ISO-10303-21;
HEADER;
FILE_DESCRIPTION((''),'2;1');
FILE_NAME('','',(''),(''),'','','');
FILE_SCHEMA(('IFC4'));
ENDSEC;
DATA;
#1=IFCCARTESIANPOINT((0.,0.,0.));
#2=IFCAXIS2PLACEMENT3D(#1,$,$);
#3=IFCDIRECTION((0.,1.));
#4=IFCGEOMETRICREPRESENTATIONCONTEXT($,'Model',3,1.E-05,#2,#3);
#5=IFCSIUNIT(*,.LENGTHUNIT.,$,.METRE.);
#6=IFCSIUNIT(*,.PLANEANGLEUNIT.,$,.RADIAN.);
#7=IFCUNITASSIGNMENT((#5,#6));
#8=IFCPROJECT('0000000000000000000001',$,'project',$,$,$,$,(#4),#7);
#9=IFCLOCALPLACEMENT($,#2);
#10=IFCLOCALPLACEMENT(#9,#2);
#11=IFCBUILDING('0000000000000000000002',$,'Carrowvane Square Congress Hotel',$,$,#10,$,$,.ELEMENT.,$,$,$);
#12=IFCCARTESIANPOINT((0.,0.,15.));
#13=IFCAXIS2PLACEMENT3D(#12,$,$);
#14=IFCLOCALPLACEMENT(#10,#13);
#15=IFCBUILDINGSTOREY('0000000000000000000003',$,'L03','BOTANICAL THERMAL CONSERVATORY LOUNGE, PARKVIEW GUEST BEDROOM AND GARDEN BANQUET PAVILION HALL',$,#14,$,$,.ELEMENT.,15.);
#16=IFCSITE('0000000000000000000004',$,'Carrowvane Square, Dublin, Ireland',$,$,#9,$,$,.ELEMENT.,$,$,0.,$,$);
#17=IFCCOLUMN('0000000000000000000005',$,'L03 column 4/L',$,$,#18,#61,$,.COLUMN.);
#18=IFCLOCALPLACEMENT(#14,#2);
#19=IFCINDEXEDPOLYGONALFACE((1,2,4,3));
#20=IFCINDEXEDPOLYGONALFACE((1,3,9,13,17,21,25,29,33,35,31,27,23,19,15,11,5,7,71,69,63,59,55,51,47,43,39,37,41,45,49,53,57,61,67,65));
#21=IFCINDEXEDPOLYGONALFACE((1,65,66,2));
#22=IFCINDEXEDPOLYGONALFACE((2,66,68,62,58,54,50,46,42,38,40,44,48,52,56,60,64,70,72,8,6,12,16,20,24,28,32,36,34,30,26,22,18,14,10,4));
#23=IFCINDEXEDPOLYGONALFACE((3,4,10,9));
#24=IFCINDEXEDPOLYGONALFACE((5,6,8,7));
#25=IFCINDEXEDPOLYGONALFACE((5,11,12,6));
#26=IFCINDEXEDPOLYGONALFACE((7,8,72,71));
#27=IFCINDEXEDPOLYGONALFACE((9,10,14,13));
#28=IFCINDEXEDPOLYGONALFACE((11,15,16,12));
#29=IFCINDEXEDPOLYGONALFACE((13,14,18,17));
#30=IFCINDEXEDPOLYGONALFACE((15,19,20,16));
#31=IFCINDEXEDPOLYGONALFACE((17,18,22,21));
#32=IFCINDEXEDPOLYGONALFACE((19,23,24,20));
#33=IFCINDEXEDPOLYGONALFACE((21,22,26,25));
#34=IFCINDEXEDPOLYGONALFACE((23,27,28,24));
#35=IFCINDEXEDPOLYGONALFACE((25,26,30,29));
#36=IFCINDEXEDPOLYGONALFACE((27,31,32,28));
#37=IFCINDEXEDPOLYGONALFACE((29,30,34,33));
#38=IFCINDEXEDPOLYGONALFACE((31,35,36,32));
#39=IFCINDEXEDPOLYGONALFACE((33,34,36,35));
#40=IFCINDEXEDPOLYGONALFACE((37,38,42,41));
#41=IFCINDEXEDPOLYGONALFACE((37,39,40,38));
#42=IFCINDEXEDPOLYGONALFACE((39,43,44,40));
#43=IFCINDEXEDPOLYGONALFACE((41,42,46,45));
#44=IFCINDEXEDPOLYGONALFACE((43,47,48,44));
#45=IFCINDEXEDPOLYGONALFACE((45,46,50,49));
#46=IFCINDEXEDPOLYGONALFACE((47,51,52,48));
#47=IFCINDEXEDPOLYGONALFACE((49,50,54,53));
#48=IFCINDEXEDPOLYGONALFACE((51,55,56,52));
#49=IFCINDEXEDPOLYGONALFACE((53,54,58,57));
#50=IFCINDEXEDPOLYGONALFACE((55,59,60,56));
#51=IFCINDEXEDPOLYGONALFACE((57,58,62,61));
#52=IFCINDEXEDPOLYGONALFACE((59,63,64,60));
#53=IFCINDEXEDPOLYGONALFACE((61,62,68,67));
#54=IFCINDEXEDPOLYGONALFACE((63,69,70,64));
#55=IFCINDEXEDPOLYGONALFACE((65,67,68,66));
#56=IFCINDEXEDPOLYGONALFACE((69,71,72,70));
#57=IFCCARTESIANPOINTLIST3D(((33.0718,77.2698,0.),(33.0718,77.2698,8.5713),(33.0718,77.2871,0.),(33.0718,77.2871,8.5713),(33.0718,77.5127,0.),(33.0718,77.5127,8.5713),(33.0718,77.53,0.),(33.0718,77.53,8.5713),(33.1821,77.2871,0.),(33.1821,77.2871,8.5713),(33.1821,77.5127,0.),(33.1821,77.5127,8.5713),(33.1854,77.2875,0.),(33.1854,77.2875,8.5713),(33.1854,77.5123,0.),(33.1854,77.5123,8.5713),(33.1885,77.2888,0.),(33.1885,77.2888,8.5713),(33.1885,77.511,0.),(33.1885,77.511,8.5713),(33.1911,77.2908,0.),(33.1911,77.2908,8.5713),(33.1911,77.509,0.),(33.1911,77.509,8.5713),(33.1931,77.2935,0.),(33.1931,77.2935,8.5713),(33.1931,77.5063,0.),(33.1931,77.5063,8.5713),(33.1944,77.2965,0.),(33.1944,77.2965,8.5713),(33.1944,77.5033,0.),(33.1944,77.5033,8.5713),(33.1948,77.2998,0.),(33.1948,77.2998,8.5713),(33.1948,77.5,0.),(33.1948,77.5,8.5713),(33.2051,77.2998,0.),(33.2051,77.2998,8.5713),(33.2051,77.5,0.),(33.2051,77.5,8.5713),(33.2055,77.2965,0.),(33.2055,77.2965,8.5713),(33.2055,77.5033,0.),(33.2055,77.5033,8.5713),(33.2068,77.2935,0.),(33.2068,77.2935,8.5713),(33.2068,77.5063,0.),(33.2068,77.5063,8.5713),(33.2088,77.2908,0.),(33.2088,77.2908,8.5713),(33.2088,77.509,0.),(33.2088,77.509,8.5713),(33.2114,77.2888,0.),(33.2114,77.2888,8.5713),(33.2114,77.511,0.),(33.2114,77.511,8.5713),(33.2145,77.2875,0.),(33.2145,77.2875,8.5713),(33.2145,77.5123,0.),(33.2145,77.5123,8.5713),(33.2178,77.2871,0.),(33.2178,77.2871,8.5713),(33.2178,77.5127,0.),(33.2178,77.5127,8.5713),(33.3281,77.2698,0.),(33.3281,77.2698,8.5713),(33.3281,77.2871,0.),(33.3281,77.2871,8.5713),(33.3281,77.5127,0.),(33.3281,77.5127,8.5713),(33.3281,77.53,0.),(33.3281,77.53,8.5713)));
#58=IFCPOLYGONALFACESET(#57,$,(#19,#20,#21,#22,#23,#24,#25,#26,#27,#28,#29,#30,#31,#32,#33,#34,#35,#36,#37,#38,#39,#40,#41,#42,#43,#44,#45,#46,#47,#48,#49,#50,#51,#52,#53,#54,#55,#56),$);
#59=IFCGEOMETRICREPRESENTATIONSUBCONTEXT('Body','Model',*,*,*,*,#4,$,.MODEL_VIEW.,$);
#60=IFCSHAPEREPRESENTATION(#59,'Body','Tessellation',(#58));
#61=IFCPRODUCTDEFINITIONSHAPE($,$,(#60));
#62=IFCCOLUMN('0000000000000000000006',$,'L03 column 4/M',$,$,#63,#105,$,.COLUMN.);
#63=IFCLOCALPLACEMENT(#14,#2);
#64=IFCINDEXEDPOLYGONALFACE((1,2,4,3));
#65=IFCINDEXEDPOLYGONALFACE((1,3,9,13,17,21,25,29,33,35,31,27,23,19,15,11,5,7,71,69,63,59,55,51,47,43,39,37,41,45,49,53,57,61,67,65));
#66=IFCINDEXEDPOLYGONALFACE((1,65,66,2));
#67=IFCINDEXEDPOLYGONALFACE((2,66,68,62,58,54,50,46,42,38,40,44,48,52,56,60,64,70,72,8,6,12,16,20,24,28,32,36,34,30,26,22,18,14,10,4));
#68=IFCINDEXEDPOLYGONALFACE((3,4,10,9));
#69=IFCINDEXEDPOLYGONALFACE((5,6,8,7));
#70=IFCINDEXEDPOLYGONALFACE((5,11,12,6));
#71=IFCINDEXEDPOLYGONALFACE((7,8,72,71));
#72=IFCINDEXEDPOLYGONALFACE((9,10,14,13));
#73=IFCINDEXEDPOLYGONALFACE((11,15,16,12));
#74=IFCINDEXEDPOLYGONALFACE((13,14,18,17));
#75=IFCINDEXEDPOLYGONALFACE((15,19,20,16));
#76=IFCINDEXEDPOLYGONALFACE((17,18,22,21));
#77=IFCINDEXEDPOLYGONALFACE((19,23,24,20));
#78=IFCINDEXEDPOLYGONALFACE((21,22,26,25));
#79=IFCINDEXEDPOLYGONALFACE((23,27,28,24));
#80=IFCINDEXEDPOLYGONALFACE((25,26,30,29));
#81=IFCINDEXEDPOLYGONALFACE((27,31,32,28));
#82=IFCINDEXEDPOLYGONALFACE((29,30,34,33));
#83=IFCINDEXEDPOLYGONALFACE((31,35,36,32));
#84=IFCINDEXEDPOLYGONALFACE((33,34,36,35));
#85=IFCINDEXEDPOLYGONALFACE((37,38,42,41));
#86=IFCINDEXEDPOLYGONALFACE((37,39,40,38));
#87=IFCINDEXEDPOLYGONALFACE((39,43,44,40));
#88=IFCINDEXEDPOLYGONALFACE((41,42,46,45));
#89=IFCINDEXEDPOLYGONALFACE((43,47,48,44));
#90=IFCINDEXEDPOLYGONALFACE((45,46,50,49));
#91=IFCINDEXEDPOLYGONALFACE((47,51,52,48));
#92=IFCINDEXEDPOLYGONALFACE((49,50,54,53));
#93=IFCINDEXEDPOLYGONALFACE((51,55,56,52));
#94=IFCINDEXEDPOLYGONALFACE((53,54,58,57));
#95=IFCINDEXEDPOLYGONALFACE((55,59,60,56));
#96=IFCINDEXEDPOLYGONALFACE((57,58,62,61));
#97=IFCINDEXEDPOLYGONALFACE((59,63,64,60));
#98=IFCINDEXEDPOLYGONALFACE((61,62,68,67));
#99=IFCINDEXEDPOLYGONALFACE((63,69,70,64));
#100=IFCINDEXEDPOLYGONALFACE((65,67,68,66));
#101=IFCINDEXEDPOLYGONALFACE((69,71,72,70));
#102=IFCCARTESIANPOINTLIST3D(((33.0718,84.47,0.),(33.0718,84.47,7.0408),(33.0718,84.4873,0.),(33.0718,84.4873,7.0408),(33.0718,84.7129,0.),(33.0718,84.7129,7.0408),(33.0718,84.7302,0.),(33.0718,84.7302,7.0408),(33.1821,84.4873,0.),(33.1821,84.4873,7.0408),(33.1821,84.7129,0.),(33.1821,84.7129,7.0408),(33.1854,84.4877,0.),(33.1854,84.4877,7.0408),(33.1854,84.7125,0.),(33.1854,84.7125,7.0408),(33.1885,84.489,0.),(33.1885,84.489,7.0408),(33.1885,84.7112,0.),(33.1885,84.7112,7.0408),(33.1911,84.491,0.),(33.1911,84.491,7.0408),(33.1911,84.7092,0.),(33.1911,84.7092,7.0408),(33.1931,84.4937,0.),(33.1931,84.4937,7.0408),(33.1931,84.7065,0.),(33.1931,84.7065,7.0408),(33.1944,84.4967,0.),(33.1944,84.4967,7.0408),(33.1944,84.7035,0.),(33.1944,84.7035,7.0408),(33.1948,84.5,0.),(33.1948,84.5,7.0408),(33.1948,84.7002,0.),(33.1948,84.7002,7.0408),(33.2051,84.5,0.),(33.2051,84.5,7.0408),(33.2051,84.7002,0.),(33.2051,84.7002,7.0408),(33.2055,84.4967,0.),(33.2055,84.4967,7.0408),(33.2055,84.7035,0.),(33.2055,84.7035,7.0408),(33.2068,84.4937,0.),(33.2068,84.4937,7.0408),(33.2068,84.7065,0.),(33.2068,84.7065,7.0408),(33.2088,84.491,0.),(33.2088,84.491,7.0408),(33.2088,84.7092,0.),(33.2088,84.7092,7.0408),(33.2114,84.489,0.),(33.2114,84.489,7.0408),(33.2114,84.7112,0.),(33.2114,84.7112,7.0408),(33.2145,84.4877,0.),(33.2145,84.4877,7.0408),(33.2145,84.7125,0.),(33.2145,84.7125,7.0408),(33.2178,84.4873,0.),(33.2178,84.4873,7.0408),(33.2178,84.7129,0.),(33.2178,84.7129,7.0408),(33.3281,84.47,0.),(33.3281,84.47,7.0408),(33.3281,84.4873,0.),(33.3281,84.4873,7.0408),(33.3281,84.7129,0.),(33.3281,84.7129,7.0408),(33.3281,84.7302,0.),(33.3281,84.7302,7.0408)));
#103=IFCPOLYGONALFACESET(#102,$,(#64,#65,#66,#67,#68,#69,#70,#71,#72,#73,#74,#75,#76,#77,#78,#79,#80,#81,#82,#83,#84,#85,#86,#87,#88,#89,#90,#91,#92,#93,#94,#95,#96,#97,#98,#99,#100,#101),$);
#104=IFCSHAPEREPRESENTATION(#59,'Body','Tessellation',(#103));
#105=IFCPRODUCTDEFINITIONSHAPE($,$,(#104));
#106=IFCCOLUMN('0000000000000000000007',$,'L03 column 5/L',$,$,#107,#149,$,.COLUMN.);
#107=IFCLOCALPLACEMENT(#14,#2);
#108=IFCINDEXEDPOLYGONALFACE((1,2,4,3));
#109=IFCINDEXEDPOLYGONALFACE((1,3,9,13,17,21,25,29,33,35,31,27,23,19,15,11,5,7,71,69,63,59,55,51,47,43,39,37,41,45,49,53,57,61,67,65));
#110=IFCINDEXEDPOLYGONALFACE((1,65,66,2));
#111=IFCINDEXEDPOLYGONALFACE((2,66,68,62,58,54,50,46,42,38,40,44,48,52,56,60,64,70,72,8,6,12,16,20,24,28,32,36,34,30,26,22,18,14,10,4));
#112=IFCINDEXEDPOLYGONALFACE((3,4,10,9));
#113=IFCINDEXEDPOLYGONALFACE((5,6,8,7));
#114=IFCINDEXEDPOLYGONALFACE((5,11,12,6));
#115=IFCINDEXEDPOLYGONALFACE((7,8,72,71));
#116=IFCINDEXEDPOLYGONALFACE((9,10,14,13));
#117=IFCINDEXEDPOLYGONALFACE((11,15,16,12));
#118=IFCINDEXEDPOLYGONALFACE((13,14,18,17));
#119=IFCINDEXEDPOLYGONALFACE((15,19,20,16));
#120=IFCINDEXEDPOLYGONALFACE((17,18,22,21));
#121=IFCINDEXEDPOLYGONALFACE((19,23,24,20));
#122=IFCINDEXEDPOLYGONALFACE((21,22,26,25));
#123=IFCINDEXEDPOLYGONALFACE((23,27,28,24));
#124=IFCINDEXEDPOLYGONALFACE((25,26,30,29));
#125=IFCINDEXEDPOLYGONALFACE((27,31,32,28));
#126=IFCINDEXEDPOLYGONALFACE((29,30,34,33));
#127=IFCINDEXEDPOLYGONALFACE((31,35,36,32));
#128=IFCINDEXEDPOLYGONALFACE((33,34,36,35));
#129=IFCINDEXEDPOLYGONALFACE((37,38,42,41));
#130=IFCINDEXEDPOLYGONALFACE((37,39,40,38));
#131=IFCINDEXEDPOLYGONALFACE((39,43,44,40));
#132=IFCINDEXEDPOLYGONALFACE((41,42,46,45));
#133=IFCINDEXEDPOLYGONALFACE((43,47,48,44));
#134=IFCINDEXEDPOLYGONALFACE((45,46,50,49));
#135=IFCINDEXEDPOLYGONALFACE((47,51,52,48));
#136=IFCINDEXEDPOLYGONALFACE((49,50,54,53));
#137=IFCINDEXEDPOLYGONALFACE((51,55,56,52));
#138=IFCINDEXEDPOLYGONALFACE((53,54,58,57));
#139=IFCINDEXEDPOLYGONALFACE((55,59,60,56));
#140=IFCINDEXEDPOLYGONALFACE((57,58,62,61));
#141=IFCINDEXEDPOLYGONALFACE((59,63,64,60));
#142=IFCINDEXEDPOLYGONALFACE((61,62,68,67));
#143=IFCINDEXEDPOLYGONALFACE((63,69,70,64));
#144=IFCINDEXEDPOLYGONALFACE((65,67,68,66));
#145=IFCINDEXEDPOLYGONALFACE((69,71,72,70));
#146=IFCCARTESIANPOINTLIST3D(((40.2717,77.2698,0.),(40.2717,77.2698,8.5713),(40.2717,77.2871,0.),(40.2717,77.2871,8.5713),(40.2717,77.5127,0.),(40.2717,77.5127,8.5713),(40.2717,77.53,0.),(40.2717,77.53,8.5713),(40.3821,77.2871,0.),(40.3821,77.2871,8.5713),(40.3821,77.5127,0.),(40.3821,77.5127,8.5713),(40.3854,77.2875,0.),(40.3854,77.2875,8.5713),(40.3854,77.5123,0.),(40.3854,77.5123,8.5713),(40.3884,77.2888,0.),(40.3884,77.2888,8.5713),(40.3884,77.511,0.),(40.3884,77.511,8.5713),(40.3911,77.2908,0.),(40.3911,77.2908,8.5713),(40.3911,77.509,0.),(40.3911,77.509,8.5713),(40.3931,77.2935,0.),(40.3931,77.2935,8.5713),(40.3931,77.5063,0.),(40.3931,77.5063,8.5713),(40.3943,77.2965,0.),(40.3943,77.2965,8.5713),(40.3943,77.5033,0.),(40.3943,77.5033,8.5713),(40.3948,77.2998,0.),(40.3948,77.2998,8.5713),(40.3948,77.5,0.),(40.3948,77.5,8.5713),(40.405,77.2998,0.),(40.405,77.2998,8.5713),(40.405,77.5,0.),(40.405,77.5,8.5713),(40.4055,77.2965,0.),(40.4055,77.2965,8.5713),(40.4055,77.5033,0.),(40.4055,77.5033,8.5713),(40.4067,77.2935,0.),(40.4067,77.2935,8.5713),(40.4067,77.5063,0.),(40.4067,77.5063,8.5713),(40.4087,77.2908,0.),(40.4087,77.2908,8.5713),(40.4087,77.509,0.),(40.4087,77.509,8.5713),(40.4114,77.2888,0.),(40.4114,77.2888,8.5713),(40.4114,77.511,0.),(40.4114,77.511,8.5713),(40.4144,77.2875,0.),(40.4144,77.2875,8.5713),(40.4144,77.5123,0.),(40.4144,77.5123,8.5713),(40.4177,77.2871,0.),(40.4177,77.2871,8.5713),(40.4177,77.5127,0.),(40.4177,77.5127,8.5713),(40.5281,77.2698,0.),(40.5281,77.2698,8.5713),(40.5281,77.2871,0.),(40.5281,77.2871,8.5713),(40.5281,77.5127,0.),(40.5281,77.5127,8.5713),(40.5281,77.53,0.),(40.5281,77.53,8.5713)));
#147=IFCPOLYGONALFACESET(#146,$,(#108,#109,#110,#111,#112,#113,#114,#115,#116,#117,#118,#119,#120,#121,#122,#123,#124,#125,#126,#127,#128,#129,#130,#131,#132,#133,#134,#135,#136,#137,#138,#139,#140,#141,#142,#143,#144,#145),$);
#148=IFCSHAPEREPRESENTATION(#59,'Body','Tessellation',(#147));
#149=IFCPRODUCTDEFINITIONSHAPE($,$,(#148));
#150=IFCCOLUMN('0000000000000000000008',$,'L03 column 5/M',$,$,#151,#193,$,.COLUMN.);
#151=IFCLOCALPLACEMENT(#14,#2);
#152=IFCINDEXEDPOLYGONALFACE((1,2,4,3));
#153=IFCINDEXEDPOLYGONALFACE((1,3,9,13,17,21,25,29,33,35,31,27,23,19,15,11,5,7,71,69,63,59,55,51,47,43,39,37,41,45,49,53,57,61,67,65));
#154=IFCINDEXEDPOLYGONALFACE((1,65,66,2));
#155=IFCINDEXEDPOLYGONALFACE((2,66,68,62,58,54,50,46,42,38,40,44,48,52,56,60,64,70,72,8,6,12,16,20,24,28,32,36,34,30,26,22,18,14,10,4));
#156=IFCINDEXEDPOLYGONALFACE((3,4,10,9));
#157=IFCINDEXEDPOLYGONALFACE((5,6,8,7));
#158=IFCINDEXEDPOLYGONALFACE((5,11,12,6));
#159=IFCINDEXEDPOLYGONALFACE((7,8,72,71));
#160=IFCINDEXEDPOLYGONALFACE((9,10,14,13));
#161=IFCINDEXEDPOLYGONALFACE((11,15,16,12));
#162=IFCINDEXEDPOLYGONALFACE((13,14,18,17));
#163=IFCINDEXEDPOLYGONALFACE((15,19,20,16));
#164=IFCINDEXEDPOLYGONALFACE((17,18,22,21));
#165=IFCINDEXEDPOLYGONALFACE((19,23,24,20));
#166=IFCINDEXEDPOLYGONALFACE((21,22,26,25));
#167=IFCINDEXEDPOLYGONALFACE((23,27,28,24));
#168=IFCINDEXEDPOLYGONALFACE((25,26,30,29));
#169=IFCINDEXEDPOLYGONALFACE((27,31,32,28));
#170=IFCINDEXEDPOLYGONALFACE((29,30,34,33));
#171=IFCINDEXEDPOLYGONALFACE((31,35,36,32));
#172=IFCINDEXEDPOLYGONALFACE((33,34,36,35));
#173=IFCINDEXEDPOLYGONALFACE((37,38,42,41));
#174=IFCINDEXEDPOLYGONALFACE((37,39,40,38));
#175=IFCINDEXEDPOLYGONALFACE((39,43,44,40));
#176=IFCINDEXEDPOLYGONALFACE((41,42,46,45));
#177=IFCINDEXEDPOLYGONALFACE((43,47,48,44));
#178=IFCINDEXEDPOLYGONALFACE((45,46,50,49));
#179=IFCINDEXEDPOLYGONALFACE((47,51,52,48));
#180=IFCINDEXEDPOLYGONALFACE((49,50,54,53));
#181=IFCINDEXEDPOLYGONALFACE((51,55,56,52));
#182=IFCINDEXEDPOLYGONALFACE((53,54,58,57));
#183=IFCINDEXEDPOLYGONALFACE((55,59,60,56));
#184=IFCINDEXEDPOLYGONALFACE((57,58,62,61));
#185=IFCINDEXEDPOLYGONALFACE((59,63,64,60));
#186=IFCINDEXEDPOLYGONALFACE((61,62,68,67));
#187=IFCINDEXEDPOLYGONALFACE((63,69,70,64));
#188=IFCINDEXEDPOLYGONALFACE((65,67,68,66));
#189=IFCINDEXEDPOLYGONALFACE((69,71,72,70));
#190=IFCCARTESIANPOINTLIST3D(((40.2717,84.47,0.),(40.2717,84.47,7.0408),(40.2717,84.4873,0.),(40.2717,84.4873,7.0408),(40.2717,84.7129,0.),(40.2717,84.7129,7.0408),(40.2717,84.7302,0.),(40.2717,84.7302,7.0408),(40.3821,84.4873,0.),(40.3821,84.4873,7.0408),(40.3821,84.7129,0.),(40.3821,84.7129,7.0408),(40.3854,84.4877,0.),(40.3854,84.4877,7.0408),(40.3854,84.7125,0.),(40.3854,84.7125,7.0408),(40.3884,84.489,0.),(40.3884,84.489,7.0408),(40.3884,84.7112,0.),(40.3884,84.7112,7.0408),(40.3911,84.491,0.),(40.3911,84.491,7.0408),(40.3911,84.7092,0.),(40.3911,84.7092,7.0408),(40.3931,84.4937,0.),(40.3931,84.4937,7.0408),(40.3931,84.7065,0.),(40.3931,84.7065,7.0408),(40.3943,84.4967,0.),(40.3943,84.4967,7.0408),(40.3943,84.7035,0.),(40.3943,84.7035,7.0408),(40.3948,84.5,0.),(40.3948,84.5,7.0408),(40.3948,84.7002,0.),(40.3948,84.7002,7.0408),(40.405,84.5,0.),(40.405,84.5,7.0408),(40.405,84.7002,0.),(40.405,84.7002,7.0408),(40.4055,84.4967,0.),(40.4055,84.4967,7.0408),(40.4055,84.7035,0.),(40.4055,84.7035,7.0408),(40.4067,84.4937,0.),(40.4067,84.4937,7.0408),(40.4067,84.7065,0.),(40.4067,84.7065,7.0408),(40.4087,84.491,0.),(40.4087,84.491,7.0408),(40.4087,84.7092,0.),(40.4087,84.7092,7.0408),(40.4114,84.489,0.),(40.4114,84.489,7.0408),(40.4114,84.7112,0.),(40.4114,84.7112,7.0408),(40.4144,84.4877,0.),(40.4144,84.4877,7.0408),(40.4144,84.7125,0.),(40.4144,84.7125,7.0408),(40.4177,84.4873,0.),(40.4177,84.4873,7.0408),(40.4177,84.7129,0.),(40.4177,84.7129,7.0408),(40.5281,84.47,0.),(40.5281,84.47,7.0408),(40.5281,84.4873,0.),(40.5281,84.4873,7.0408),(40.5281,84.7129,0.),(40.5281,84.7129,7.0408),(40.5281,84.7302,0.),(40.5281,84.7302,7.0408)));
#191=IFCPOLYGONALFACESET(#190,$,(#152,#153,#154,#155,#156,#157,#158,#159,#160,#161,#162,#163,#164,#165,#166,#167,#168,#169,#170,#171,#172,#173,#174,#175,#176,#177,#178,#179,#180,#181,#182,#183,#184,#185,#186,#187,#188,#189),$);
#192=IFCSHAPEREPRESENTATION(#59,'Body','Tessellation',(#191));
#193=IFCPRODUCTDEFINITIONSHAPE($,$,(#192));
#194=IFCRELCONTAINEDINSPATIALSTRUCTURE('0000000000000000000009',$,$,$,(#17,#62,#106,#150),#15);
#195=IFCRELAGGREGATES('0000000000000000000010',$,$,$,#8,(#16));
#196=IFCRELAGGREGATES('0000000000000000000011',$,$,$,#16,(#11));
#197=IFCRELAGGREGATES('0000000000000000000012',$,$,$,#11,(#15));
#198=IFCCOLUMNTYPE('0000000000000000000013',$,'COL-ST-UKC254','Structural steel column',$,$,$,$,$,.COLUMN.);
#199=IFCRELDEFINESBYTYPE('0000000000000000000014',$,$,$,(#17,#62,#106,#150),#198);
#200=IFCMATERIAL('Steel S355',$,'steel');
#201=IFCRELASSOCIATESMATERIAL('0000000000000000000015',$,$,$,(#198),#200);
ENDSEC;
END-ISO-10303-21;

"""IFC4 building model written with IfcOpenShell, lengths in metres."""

from ifc_helpers import new_model, si_unit, direction, frame, origin, origin_2d, place, context, subcontext, project, spatial, i_section, extrude, material, material_profile, profile_set, type_object, element, save


model = new_model("IFC4")

# Units and contexts
model_context = context("Model", 3, precision=1e-05, world=origin(), true_north=direction((0.0, 1.0)))
body_context = subcontext(model_context, "Body", "Model", "MODEL_VIEW")
ifc_project = project(units=[si_unit("LENGTHUNIT", "METRE"), si_unit("PLANEANGLEUNIT", "RADIAN")], contexts=[model_context])

# Site, building, storey
site_placement = place(None, origin())
site = spatial("IfcSite", under=ifc_project, at=site_placement, Name="Carrowvane Square, Dublin, Ireland", CompositionType="ELEMENT", RefElevation=0.0)
building_placement = place(site_placement, origin())
building = spatial("IfcBuilding", under=site, at=building_placement, Name="Carrowvane Square Congress Hotel", CompositionType="ELEMENT")
storey_placement = place(building_placement, frame((0.0, 0.0, 15.0)))
storey = spatial("IfcBuildingStorey", under=building, at=storey_placement, Name="L03", Description="BOTANICAL THERMAL CONSERVATORY LOUNGE, PARKVIEW GUEST BEDROOM AND GARDEN BANQUET PAVILION HALL", CompositionType="ELEMENT", Elevation=15.0)

# Columns
ifc_material_1 = material(Name="Steel S355", Category="steel")
ifc_material_profile_1 = material_profile(ifc_material_1, i_section(OverallWidth=0.2563, OverallDepth=0.2603, WebThickness=0.0103, FlangeThickness=0.0173, FilletRadius=0.0127, at=origin_2d()), Name="UKC 254x254x89")
ifc_profile_set_1 = profile_set([ifc_material_profile_1], Name="Steel S355")
column_type = type_object("IfcColumnType", Name="COL-ST-UKC254", Description="Structural steel column", PredefinedType="COLUMN", material=ifc_profile_set_1)
column_1_placement = place(storey_placement, frame((33.2, 77.3999, 0.0), z_axis=(0.0, 0.0, 1.0), x_axis=(1.0, 0.0, 0.0)))
element("IfcColumn", 1, at=column_1_placement, inside=storey, type_object=column_type, Name="L03 column 4/L", PredefinedType="COLUMN", context=body_context, shape_type="SweptSolid", body=[
    extrude(i_section(OverallWidth=0.2563, OverallDepth=0.2603, WebThickness=0.0103, FlangeThickness=0.0173, FilletRadius=0.0127, at=origin_2d()), origin(), (0.0, 0.0, 1.0), 8.5713),
])
column_2_placement = place(storey_placement, frame((33.2, 84.6001, 0.0), z_axis=(0.0, 0.0, 1.0), x_axis=(1.0, 0.0, 0.0)))
element("IfcColumn", 2, at=column_2_placement, inside=storey, type_object=column_type, Name="L03 column 4/M", PredefinedType="COLUMN", context=body_context, shape_type="SweptSolid", body=[
    extrude(i_section(OverallWidth=0.2563, OverallDepth=0.2603, WebThickness=0.0103, FlangeThickness=0.0173, FilletRadius=0.0127, at=origin_2d()), origin(), (0.0, 0.0, 1.0), 7.0408),
])
column_3_placement = place(storey_placement, frame((40.3999, 77.3999, 0.0), z_axis=(0.0, 0.0, 1.0), x_axis=(1.0, 0.0, 0.0)))
element("IfcColumn", 3, at=column_3_placement, inside=storey, type_object=column_type, Name="L03 column 5/L", PredefinedType="COLUMN", context=body_context, shape_type="SweptSolid", body=[
    extrude(i_section(OverallWidth=0.2563, OverallDepth=0.2603, WebThickness=0.0103, FlangeThickness=0.0173, FilletRadius=0.0127, at=origin_2d()), origin(), (0.0, 0.0, 1.0), 8.5713),
])
column_4_placement = place(storey_placement, frame((40.3999, 84.6001, 0.0), z_axis=(0.0, 0.0, 1.0), x_axis=(1.0, 0.0, 0.0)))
element("IfcColumn", 4, at=column_4_placement, inside=storey, type_object=column_type, Name="L03 column 5/M", PredefinedType="COLUMN", context=body_context, shape_type="SweptSolid", body=[
    extrude(i_section(OverallWidth=0.2563, OverallDepth=0.2603, WebThickness=0.0103, FlangeThickness=0.0173, FilletRadius=0.0127, at=origin_2d()), origin(), (0.0, 0.0, 1.0), 7.0408),
])

save(model, "model.ifc")
